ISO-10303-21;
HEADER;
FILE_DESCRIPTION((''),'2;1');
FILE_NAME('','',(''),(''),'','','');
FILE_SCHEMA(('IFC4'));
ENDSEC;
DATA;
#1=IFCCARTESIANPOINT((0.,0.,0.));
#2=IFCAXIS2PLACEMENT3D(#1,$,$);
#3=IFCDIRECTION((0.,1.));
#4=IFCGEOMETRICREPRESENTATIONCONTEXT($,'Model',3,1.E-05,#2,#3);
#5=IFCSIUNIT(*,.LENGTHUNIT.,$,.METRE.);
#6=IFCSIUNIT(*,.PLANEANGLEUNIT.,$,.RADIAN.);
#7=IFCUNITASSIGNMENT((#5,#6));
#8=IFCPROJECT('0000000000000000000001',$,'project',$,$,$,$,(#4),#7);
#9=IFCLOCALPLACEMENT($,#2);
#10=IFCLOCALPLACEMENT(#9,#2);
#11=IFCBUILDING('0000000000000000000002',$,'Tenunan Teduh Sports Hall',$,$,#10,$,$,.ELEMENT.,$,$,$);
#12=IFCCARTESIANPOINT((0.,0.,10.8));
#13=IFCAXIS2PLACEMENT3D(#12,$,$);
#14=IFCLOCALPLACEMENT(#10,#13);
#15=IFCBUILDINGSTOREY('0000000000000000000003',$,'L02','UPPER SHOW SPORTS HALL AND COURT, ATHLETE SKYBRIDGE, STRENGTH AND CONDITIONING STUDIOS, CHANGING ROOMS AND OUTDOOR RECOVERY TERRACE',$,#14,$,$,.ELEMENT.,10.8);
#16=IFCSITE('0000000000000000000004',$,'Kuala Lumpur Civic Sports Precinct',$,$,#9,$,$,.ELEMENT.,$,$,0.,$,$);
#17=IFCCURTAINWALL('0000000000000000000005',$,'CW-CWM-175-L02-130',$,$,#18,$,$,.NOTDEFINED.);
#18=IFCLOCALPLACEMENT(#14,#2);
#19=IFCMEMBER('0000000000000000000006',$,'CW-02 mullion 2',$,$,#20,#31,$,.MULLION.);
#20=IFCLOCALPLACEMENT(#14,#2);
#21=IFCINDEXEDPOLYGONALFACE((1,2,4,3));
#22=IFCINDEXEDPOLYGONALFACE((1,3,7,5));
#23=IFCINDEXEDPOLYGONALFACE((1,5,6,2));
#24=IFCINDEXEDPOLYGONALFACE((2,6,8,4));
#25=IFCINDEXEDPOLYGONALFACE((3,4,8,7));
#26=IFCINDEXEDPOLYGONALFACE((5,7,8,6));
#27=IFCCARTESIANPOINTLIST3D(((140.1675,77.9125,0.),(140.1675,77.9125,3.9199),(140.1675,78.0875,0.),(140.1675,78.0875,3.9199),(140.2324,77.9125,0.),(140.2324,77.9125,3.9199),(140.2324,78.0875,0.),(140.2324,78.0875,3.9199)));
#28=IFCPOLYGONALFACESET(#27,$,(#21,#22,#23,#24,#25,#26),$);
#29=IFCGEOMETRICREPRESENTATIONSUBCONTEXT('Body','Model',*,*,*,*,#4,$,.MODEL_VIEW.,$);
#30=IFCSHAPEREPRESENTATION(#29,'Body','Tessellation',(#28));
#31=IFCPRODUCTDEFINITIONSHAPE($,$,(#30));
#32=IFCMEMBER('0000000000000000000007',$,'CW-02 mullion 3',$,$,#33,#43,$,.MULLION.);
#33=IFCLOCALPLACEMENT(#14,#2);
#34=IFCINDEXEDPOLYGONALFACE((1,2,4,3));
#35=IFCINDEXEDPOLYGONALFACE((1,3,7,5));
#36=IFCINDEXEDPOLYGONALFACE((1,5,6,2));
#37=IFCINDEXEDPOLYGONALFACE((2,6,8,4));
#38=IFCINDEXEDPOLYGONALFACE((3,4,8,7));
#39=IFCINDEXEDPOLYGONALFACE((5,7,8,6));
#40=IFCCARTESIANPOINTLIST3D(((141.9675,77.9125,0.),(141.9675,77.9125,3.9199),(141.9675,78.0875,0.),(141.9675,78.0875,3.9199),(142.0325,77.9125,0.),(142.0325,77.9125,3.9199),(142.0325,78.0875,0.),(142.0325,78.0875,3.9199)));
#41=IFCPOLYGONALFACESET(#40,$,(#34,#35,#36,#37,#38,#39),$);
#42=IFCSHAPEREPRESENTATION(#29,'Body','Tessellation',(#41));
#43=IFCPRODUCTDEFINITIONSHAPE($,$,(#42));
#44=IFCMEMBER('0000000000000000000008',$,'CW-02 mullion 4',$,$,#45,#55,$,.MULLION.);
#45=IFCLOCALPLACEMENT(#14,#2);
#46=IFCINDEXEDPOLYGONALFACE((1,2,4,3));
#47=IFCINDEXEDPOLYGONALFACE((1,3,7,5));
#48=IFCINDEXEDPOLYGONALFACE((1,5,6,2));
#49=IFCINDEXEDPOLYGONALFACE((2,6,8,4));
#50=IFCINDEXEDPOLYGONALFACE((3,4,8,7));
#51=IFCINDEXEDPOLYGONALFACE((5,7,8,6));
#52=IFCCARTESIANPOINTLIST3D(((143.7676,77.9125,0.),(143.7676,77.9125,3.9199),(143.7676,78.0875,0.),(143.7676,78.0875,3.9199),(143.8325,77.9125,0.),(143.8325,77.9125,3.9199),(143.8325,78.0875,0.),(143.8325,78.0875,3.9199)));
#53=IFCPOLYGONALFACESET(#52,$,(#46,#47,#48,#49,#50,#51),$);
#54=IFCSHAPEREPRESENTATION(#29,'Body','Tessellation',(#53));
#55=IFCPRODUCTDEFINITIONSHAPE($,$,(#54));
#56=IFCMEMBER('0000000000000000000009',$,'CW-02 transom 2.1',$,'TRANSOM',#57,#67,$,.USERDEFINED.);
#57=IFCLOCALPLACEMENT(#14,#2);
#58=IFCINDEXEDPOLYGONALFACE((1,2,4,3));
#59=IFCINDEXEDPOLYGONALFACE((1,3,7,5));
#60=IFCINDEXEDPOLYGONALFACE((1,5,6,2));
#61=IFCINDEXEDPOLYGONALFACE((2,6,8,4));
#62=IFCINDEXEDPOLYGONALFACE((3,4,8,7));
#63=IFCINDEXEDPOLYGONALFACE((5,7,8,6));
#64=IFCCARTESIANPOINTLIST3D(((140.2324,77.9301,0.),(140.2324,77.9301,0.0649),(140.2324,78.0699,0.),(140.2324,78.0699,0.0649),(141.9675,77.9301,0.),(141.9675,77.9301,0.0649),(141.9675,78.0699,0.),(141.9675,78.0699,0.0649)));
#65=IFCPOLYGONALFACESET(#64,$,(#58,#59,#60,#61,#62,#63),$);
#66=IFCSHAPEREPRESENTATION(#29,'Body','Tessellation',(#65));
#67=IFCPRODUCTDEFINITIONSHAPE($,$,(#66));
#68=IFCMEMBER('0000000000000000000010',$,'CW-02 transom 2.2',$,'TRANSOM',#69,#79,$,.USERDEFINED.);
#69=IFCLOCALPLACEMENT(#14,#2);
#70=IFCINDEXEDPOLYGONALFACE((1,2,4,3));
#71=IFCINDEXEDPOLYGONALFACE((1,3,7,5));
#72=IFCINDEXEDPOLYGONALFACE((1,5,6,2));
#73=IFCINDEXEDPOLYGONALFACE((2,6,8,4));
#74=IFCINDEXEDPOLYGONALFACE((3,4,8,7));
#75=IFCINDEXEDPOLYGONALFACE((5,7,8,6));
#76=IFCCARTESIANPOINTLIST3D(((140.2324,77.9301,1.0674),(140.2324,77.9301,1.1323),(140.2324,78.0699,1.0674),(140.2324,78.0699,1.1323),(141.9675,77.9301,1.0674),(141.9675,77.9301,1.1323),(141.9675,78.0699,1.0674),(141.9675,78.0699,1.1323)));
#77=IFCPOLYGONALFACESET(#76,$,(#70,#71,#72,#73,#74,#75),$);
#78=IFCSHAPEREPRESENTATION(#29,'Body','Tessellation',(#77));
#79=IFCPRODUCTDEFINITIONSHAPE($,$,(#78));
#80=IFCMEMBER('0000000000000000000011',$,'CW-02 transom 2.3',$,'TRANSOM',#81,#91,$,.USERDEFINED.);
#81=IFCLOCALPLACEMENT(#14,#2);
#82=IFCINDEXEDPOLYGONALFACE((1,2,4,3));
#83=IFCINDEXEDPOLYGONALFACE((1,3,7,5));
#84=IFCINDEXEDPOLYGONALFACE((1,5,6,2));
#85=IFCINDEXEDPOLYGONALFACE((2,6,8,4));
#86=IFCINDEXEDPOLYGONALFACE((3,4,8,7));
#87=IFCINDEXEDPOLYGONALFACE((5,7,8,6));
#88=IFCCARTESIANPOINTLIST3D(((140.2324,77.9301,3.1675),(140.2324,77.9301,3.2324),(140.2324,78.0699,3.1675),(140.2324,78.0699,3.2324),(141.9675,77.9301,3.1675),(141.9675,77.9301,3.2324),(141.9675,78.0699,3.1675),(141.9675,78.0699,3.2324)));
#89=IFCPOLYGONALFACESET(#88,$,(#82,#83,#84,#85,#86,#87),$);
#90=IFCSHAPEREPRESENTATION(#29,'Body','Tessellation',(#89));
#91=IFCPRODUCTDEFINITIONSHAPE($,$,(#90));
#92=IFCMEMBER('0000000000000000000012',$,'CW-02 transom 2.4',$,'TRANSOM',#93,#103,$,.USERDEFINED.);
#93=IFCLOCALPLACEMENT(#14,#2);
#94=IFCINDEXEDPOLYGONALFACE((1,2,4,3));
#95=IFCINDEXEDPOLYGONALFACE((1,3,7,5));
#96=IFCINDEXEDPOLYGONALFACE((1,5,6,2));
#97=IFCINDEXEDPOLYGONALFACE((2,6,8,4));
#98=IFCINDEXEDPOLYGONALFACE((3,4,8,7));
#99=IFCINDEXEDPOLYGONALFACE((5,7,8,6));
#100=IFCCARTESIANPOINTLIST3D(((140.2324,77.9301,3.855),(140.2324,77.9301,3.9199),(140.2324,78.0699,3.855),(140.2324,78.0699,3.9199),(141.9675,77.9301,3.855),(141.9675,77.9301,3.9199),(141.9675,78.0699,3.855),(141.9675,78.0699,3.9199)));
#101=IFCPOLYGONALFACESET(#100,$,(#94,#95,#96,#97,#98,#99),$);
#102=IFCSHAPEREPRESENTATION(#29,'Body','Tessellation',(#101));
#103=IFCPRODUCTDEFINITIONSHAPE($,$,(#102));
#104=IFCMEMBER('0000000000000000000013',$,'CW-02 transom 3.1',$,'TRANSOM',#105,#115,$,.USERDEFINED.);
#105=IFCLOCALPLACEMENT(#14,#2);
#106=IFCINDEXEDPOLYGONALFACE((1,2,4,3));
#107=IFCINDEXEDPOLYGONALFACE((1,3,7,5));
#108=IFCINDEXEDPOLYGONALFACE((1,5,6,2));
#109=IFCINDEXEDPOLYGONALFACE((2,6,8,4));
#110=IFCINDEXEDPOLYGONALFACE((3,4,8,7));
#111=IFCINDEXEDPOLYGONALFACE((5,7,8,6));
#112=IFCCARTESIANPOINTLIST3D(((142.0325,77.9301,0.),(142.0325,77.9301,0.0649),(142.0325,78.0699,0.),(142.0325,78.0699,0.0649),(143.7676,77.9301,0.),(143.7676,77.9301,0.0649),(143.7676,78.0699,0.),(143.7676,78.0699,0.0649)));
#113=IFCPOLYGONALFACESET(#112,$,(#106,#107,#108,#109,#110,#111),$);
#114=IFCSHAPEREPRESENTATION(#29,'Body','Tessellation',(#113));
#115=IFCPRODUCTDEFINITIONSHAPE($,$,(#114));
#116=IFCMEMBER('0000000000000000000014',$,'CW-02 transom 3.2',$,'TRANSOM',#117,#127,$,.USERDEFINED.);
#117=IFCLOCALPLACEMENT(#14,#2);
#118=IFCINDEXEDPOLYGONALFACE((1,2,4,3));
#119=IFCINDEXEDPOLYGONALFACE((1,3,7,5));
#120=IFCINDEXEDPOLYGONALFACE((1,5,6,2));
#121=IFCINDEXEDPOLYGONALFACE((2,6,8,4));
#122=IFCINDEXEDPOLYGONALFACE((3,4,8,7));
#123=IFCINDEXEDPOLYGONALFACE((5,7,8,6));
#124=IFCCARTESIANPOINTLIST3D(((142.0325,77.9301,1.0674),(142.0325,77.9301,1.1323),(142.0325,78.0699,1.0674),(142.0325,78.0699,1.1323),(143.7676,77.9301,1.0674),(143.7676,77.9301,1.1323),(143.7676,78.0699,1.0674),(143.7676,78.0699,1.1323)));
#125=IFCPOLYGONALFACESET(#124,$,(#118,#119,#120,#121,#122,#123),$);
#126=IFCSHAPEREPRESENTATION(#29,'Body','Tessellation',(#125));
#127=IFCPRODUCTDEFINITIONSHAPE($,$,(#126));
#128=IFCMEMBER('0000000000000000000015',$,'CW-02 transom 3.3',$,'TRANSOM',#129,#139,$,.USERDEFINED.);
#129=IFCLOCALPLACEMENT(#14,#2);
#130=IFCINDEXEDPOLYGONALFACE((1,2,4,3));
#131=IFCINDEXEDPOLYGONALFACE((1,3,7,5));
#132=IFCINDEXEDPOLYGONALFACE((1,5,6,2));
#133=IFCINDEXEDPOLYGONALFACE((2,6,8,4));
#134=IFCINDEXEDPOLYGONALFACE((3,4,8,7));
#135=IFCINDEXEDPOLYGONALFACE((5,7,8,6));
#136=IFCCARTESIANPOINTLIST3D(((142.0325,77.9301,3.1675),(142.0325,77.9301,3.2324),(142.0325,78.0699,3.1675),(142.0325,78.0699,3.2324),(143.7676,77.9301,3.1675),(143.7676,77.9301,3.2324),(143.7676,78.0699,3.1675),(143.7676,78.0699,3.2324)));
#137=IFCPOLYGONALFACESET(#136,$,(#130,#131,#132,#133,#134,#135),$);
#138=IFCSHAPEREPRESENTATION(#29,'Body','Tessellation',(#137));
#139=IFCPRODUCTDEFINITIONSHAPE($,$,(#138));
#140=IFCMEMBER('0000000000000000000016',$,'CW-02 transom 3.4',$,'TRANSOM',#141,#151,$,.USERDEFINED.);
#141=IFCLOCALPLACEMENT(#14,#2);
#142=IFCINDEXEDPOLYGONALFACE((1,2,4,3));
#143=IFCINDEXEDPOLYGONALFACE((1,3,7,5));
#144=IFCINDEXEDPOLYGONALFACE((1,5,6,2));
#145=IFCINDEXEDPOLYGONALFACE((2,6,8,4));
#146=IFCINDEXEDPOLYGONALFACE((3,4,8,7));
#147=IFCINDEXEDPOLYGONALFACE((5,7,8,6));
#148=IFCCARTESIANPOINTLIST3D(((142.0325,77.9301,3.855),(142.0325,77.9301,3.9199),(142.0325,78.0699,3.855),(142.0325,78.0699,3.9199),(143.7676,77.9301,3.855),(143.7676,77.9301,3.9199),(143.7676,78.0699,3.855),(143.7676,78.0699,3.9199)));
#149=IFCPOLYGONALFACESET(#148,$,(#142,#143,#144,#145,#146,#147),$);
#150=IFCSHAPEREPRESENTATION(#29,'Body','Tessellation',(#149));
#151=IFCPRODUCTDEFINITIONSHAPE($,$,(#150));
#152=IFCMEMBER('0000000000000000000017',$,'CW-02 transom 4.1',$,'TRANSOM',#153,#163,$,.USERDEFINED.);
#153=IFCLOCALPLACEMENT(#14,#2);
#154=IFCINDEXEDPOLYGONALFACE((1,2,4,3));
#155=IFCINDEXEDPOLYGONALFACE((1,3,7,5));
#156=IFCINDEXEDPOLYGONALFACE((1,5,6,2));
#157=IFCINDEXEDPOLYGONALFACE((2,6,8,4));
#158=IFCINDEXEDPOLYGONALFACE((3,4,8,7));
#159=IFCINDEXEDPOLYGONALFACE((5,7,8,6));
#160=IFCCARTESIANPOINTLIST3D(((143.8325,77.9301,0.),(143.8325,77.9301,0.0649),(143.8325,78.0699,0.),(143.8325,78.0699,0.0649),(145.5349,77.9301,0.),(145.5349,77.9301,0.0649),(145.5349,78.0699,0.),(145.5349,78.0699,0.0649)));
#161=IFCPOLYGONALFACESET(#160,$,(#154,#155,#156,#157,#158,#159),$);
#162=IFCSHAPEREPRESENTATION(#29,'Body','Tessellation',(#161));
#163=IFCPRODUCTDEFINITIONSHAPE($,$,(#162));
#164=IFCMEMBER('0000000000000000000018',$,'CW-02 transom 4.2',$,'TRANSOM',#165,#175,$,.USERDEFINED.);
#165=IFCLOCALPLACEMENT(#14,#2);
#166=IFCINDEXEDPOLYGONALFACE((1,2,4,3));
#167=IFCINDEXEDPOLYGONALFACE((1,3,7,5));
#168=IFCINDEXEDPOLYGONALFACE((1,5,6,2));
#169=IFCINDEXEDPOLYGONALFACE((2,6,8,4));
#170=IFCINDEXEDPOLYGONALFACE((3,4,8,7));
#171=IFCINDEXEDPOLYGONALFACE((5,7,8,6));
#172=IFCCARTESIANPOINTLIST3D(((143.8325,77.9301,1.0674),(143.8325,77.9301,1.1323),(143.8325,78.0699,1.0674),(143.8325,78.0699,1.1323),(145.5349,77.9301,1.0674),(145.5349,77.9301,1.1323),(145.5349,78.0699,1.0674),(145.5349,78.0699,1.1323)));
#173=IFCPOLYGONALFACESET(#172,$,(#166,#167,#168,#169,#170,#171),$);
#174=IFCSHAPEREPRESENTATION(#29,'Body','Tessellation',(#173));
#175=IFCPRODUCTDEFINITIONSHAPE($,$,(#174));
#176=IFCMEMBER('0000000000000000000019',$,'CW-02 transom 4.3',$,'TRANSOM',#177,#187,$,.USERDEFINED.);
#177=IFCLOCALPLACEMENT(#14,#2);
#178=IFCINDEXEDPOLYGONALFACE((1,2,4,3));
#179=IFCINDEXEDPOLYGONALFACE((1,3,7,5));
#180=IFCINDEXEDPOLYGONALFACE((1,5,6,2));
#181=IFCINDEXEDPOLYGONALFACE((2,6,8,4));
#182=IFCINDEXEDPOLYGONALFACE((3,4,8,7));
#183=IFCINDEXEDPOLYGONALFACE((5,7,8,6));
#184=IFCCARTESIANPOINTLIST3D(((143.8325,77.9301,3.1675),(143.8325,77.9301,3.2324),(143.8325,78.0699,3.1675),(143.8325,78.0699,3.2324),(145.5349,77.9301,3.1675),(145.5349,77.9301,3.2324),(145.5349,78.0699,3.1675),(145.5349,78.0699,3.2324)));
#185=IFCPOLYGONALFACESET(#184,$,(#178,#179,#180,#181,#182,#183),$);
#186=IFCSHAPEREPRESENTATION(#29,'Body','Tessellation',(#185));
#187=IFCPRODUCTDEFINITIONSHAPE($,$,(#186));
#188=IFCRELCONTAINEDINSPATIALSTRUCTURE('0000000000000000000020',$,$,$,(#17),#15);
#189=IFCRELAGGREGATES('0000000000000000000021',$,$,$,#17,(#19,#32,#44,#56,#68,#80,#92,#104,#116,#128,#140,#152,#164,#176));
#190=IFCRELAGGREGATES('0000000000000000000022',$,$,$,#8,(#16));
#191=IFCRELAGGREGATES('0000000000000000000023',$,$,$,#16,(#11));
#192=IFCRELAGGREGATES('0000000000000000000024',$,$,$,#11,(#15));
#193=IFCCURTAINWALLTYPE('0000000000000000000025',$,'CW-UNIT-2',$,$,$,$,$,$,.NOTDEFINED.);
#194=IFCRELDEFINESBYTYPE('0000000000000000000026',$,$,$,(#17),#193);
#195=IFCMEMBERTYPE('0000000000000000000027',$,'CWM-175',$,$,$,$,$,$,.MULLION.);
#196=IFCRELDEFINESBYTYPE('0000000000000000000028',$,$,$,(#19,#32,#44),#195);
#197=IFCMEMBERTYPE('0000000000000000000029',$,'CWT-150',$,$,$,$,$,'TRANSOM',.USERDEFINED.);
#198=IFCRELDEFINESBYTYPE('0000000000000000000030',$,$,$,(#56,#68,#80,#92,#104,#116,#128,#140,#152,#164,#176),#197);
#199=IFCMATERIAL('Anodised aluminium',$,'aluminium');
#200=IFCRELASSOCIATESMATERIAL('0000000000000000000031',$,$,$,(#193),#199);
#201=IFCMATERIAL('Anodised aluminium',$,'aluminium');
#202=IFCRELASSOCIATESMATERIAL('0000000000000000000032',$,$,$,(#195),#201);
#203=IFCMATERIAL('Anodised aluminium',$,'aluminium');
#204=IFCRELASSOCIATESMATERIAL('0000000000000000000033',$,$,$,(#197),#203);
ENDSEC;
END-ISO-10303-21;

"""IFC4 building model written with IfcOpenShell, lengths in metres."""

from ifc_helpers import new_model, si_unit, direction, frame, origin, origin_2d, place, context, subcontext, project, spatial, rectangle, extrude, material, material_profile, profile_set, type_object, element, aggregate, save


model = new_model("IFC4")

# Units and contexts
model_context = context("Model", 3, precision=1e-05, world=origin(), true_north=direction((0.0, 1.0)))
body_context = subcontext(model_context, "Body", "Model", "MODEL_VIEW")
ifc_project = project(units=[si_unit("LENGTHUNIT", "METRE"), si_unit("PLANEANGLEUNIT", "RADIAN")], contexts=[model_context])

# Site, building, storey
site_placement = place(None, origin())
site = spatial("IfcSite", under=ifc_project, at=site_placement, Name="Kuala Lumpur Civic Sports Precinct", CompositionType="ELEMENT", RefElevation=0.0)
building_placement = place(site_placement, origin())
building = spatial("IfcBuilding", under=site, at=building_placement, Name="Tenunan Teduh Sports Hall", CompositionType="ELEMENT")
storey_placement = place(building_placement, frame((0.0, 0.0, 10.8)))
storey = spatial("IfcBuildingStorey", under=building, at=storey_placement, Name="L02", Description="UPPER SHOW SPORTS HALL AND COURT, ATHLETE SKYBRIDGE, STRENGTH AND CONDITIONING STUDIOS, CHANGING ROOMS AND OUTDOOR RECOVERY TERRACE", CompositionType="ELEMENT", Elevation=10.8)

# Curtain wall, members
ifc_material_1 = material(Name="Anodised aluminium", Category="aluminium")
curtain_wall_type = type_object("IfcCurtainWallType", Name="CW-UNIT-2", PredefinedType="NOTDEFINED", material=ifc_material_1)
curtain_wall_placement = place(storey_placement, origin())
curtain_wall = element("IfcCurtainWall", 1, at=curtain_wall_placement, inside=storey, type_object=curtain_wall_type, Name="CW-CWM-175-L02-130", PredefinedType="NOTDEFINED")
ifc_material_2 = material(Name="Anodised aluminium", Category="aluminium")
ifc_material_profile_1 = material_profile(ifc_material_2, rectangle(XDim=0.0649, YDim=0.175, at=origin_2d()), Name="CWM 65x175")
ifc_profile_set_1 = profile_set([ifc_material_profile_1], Name="Anodised aluminium")
member_type_1 = type_object("IfcMemberType", Name="CWM-175", PredefinedType="MULLION", material=ifc_profile_set_1)
member_1_placement = place(storey_placement, frame((140.2, 78.0, 0.0), z_axis=(0.0, 0.0, 1.0), x_axis=(1.0, 0.0, 0.0)))
member_1 = element("IfcMember", 2, at=member_1_placement, type_object=member_type_1, Name="CW-02 mullion 2", PredefinedType="MULLION", context=body_context, shape_type="SweptSolid", body=[
    extrude(rectangle(XDim=0.0649, YDim=0.175, at=origin_2d()), origin(), (0.0, 0.0, 1.0), 3.9199),
])
member_2_placement = place(storey_placement, frame((142.0, 78.0, 0.0), z_axis=(0.0, 0.0, 1.0), x_axis=(1.0, 0.0, 0.0)))
member_2 = element("IfcMember", 3, at=member_2_placement, type_object=member_type_1, Name="CW-02 mullion 3", PredefinedType="MULLION", context=body_context, shape_type="SweptSolid", body=[
    extrude(rectangle(XDim=0.0649, YDim=0.175, at=origin_2d()), origin(), (0.0, 0.0, 1.0), 3.9199),
])
member_3_placement = place(storey_placement, frame((143.8, 78.0, 0.0), z_axis=(0.0, 0.0, 1.0), x_axis=(1.0, 0.0, 0.0)))
member_3 = element("IfcMember", 4, at=member_3_placement, type_object=member_type_1, Name="CW-02 mullion 4", PredefinedType="MULLION", context=body_context, shape_type="SweptSolid", body=[
    extrude(rectangle(XDim=0.0649, YDim=0.175, at=origin_2d()), origin(), (0.0, 0.0, 1.0), 3.9199),
])
ifc_material_3 = material(Name="Anodised aluminium", Category="aluminium")
ifc_material_profile_2 = material_profile(ifc_material_3, rectangle(XDim=0.0649, YDim=0.1399, at=origin_2d()), Name="CWT 65x140")
ifc_profile_set_2 = profile_set([ifc_material_profile_2], Name="Anodised aluminium")
member_type_2 = type_object("IfcMemberType", Name="CWT-150", ElementType="TRANSOM", PredefinedType="USERDEFINED", material=ifc_profile_set_2)
member_4_placement = place(storey_placement, frame((140.2324, 78.0, 0.0325), z_axis=(1.0, 0.0, 0.0), x_axis=(0.0, 0.0, 1.0)))
member_4 = element("IfcMember", 5, at=member_4_placement, type_object=member_type_2, Name="CW-02 transom 2.1", ObjectType="TRANSOM", PredefinedType="USERDEFINED", context=body_context, shape_type="SweptSolid", body=[
    extrude(rectangle(XDim=0.0649, YDim=0.1399, at=origin_2d()), origin(), (0.0, 0.0, 1.0), 1.7351),
])
member_5_placement = place(storey_placement, frame((140.2324, 78.0, 1.0999), z_axis=(1.0, 0.0, 0.0), x_axis=(0.0, 0.0, 1.0)))
member_5 = element("IfcMember", 6, at=member_5_placement, type_object=member_type_2, Name="CW-02 transom 2.2", ObjectType="TRANSOM", PredefinedType="USERDEFINED", context=body_context, shape_type="SweptSolid", body=[
    extrude(rectangle(XDim=0.0649, YDim=0.1399, at=origin_2d()), origin(), (0.0, 0.0, 1.0), 1.7351),
])
member_6_placement = place(storey_placement, frame((140.2324, 78.0, 3.2), z_axis=(1.0, 0.0, 0.0), x_axis=(0.0, 0.0, 1.0)))
member_6 = element("IfcMember", 7, at=member_6_placement, type_object=member_type_2, Name="CW-02 transom 2.3", ObjectType="TRANSOM", PredefinedType="USERDEFINED", context=body_context, shape_type="SweptSolid", body=[
    extrude(rectangle(XDim=0.0649, YDim=0.1399, at=origin_2d()), origin(), (0.0, 0.0, 1.0), 1.7351),
])
member_7_placement = place(storey_placement, frame((140.2324, 78.0, 3.8875), z_axis=(1.0, 0.0, 0.0), x_axis=(0.0, 0.0, 1.0)))
member_7 = element("IfcMember", 8, at=member_7_placement, type_object=member_type_2, Name="CW-02 transom 2.4", ObjectType="TRANSOM", PredefinedType="USERDEFINED", context=body_context, shape_type="SweptSolid", body=[
    extrude(rectangle(XDim=0.0649, YDim=0.1399, at=origin_2d()), origin(), (0.0, 0.0, 1.0), 1.7351),
])
member_8_placement = place(storey_placement, frame((142.0325, 78.0, 0.0325), z_axis=(1.0, 0.0, 0.0), x_axis=(0.0, 0.0, 1.0)))
member_8 = element("IfcMember", 9, at=member_8_placement, type_object=member_type_2, Name="CW-02 transom 3.1", ObjectType="TRANSOM", PredefinedType="USERDEFINED", context=body_context, shape_type="SweptSolid", body=[
    extrude(rectangle(XDim=0.0649, YDim=0.1399, at=origin_2d()), origin(), (0.0, 0.0, 1.0), 1.7351),
])
member_9_placement = place(storey_placement, frame((142.0325, 78.0, 1.0999), z_axis=(1.0, 0.0, 0.0), x_axis=(0.0, 0.0, 1.0)))
member_9 = element("IfcMember", 10, at=member_9_placement, type_object=member_type_2, Name="CW-02 transom 3.2", ObjectType="TRANSOM", PredefinedType="USERDEFINED", context=body_context, shape_type="SweptSolid", body=[
    extrude(rectangle(XDim=0.0649, YDim=0.1399, at=origin_2d()), origin(), (0.0, 0.0, 1.0), 1.7351),
])
member_10_placement = place(storey_placement, frame((142.0325, 78.0, 3.2), z_axis=(1.0, 0.0, 0.0), x_axis=(0.0, 0.0, 1.0)))
member_10 = element("IfcMember", 11, at=member_10_placement, type_object=member_type_2, Name="CW-02 transom 3.3", ObjectType="TRANSOM", PredefinedType="USERDEFINED", context=body_context, shape_type="SweptSolid", body=[
    extrude(rectangle(XDim=0.0649, YDim=0.1399, at=origin_2d()), origin(), (0.0, 0.0, 1.0), 1.7351),
])
member_11_placement = place(storey_placement, frame((142.0325, 78.0, 3.8875), z_axis=(1.0, 0.0, 0.0), x_axis=(0.0, 0.0, 1.0)))
member_11 = element("IfcMember", 12, at=member_11_placement, type_object=member_type_2, Name="CW-02 transom 3.4", ObjectType="TRANSOM", PredefinedType="USERDEFINED", context=body_context, shape_type="SweptSolid", body=[
    extrude(rectangle(XDim=0.0649, YDim=0.1399, at=origin_2d()), origin(), (0.0, 0.0, 1.0), 1.7351),
])
member_12_placement = place(storey_placement, frame((143.8325, 78.0, 0.0325), z_axis=(1.0, 0.0, 0.0), x_axis=(0.0, 0.0, 1.0)))
member_12 = element("IfcMember", 13, at=member_12_placement, type_object=member_type_2, Name="CW-02 transom 4.1", ObjectType="TRANSOM", PredefinedType="USERDEFINED", context=body_context, shape_type="SweptSolid", body=[
    extrude(rectangle(XDim=0.0649, YDim=0.1399, at=origin_2d()), origin(), (0.0, 0.0, 1.0), 1.7024),
])
member_13_placement = place(storey_placement, frame((143.8325, 78.0, 1.0999), z_axis=(1.0, 0.0, 0.0), x_axis=(0.0, 0.0, 1.0)))
member_13 = element("IfcMember", 14, at=member_13_placement, type_object=member_type_2, Name="CW-02 transom 4.2", ObjectType="TRANSOM", PredefinedType="USERDEFINED", context=body_context, shape_type="SweptSolid", body=[
    extrude(rectangle(XDim=0.0649, YDim=0.1399, at=origin_2d()), origin(), (0.0, 0.0, 1.0), 1.7024),
])
member_14_placement = place(storey_placement, frame((143.8325, 78.0, 3.2), z_axis=(1.0, 0.0, 0.0), x_axis=(0.0, 0.0, 1.0)))
member_14 = element("IfcMember", 15, at=member_14_placement, type_object=member_type_2, Name="CW-02 transom 4.3", ObjectType="TRANSOM", PredefinedType="USERDEFINED", context=body_context, shape_type="SweptSolid", body=[
    extrude(rectangle(XDim=0.0649, YDim=0.1399, at=origin_2d()), origin(), (0.0, 0.0, 1.0), 1.7024),
])

aggregate(curtain_wall, [member_1, member_2, member_3, member_4, member_5, member_6, member_7, member_8, member_9, member_10, member_11, member_12, member_13, member_14])

save(model, "model.ifc")
